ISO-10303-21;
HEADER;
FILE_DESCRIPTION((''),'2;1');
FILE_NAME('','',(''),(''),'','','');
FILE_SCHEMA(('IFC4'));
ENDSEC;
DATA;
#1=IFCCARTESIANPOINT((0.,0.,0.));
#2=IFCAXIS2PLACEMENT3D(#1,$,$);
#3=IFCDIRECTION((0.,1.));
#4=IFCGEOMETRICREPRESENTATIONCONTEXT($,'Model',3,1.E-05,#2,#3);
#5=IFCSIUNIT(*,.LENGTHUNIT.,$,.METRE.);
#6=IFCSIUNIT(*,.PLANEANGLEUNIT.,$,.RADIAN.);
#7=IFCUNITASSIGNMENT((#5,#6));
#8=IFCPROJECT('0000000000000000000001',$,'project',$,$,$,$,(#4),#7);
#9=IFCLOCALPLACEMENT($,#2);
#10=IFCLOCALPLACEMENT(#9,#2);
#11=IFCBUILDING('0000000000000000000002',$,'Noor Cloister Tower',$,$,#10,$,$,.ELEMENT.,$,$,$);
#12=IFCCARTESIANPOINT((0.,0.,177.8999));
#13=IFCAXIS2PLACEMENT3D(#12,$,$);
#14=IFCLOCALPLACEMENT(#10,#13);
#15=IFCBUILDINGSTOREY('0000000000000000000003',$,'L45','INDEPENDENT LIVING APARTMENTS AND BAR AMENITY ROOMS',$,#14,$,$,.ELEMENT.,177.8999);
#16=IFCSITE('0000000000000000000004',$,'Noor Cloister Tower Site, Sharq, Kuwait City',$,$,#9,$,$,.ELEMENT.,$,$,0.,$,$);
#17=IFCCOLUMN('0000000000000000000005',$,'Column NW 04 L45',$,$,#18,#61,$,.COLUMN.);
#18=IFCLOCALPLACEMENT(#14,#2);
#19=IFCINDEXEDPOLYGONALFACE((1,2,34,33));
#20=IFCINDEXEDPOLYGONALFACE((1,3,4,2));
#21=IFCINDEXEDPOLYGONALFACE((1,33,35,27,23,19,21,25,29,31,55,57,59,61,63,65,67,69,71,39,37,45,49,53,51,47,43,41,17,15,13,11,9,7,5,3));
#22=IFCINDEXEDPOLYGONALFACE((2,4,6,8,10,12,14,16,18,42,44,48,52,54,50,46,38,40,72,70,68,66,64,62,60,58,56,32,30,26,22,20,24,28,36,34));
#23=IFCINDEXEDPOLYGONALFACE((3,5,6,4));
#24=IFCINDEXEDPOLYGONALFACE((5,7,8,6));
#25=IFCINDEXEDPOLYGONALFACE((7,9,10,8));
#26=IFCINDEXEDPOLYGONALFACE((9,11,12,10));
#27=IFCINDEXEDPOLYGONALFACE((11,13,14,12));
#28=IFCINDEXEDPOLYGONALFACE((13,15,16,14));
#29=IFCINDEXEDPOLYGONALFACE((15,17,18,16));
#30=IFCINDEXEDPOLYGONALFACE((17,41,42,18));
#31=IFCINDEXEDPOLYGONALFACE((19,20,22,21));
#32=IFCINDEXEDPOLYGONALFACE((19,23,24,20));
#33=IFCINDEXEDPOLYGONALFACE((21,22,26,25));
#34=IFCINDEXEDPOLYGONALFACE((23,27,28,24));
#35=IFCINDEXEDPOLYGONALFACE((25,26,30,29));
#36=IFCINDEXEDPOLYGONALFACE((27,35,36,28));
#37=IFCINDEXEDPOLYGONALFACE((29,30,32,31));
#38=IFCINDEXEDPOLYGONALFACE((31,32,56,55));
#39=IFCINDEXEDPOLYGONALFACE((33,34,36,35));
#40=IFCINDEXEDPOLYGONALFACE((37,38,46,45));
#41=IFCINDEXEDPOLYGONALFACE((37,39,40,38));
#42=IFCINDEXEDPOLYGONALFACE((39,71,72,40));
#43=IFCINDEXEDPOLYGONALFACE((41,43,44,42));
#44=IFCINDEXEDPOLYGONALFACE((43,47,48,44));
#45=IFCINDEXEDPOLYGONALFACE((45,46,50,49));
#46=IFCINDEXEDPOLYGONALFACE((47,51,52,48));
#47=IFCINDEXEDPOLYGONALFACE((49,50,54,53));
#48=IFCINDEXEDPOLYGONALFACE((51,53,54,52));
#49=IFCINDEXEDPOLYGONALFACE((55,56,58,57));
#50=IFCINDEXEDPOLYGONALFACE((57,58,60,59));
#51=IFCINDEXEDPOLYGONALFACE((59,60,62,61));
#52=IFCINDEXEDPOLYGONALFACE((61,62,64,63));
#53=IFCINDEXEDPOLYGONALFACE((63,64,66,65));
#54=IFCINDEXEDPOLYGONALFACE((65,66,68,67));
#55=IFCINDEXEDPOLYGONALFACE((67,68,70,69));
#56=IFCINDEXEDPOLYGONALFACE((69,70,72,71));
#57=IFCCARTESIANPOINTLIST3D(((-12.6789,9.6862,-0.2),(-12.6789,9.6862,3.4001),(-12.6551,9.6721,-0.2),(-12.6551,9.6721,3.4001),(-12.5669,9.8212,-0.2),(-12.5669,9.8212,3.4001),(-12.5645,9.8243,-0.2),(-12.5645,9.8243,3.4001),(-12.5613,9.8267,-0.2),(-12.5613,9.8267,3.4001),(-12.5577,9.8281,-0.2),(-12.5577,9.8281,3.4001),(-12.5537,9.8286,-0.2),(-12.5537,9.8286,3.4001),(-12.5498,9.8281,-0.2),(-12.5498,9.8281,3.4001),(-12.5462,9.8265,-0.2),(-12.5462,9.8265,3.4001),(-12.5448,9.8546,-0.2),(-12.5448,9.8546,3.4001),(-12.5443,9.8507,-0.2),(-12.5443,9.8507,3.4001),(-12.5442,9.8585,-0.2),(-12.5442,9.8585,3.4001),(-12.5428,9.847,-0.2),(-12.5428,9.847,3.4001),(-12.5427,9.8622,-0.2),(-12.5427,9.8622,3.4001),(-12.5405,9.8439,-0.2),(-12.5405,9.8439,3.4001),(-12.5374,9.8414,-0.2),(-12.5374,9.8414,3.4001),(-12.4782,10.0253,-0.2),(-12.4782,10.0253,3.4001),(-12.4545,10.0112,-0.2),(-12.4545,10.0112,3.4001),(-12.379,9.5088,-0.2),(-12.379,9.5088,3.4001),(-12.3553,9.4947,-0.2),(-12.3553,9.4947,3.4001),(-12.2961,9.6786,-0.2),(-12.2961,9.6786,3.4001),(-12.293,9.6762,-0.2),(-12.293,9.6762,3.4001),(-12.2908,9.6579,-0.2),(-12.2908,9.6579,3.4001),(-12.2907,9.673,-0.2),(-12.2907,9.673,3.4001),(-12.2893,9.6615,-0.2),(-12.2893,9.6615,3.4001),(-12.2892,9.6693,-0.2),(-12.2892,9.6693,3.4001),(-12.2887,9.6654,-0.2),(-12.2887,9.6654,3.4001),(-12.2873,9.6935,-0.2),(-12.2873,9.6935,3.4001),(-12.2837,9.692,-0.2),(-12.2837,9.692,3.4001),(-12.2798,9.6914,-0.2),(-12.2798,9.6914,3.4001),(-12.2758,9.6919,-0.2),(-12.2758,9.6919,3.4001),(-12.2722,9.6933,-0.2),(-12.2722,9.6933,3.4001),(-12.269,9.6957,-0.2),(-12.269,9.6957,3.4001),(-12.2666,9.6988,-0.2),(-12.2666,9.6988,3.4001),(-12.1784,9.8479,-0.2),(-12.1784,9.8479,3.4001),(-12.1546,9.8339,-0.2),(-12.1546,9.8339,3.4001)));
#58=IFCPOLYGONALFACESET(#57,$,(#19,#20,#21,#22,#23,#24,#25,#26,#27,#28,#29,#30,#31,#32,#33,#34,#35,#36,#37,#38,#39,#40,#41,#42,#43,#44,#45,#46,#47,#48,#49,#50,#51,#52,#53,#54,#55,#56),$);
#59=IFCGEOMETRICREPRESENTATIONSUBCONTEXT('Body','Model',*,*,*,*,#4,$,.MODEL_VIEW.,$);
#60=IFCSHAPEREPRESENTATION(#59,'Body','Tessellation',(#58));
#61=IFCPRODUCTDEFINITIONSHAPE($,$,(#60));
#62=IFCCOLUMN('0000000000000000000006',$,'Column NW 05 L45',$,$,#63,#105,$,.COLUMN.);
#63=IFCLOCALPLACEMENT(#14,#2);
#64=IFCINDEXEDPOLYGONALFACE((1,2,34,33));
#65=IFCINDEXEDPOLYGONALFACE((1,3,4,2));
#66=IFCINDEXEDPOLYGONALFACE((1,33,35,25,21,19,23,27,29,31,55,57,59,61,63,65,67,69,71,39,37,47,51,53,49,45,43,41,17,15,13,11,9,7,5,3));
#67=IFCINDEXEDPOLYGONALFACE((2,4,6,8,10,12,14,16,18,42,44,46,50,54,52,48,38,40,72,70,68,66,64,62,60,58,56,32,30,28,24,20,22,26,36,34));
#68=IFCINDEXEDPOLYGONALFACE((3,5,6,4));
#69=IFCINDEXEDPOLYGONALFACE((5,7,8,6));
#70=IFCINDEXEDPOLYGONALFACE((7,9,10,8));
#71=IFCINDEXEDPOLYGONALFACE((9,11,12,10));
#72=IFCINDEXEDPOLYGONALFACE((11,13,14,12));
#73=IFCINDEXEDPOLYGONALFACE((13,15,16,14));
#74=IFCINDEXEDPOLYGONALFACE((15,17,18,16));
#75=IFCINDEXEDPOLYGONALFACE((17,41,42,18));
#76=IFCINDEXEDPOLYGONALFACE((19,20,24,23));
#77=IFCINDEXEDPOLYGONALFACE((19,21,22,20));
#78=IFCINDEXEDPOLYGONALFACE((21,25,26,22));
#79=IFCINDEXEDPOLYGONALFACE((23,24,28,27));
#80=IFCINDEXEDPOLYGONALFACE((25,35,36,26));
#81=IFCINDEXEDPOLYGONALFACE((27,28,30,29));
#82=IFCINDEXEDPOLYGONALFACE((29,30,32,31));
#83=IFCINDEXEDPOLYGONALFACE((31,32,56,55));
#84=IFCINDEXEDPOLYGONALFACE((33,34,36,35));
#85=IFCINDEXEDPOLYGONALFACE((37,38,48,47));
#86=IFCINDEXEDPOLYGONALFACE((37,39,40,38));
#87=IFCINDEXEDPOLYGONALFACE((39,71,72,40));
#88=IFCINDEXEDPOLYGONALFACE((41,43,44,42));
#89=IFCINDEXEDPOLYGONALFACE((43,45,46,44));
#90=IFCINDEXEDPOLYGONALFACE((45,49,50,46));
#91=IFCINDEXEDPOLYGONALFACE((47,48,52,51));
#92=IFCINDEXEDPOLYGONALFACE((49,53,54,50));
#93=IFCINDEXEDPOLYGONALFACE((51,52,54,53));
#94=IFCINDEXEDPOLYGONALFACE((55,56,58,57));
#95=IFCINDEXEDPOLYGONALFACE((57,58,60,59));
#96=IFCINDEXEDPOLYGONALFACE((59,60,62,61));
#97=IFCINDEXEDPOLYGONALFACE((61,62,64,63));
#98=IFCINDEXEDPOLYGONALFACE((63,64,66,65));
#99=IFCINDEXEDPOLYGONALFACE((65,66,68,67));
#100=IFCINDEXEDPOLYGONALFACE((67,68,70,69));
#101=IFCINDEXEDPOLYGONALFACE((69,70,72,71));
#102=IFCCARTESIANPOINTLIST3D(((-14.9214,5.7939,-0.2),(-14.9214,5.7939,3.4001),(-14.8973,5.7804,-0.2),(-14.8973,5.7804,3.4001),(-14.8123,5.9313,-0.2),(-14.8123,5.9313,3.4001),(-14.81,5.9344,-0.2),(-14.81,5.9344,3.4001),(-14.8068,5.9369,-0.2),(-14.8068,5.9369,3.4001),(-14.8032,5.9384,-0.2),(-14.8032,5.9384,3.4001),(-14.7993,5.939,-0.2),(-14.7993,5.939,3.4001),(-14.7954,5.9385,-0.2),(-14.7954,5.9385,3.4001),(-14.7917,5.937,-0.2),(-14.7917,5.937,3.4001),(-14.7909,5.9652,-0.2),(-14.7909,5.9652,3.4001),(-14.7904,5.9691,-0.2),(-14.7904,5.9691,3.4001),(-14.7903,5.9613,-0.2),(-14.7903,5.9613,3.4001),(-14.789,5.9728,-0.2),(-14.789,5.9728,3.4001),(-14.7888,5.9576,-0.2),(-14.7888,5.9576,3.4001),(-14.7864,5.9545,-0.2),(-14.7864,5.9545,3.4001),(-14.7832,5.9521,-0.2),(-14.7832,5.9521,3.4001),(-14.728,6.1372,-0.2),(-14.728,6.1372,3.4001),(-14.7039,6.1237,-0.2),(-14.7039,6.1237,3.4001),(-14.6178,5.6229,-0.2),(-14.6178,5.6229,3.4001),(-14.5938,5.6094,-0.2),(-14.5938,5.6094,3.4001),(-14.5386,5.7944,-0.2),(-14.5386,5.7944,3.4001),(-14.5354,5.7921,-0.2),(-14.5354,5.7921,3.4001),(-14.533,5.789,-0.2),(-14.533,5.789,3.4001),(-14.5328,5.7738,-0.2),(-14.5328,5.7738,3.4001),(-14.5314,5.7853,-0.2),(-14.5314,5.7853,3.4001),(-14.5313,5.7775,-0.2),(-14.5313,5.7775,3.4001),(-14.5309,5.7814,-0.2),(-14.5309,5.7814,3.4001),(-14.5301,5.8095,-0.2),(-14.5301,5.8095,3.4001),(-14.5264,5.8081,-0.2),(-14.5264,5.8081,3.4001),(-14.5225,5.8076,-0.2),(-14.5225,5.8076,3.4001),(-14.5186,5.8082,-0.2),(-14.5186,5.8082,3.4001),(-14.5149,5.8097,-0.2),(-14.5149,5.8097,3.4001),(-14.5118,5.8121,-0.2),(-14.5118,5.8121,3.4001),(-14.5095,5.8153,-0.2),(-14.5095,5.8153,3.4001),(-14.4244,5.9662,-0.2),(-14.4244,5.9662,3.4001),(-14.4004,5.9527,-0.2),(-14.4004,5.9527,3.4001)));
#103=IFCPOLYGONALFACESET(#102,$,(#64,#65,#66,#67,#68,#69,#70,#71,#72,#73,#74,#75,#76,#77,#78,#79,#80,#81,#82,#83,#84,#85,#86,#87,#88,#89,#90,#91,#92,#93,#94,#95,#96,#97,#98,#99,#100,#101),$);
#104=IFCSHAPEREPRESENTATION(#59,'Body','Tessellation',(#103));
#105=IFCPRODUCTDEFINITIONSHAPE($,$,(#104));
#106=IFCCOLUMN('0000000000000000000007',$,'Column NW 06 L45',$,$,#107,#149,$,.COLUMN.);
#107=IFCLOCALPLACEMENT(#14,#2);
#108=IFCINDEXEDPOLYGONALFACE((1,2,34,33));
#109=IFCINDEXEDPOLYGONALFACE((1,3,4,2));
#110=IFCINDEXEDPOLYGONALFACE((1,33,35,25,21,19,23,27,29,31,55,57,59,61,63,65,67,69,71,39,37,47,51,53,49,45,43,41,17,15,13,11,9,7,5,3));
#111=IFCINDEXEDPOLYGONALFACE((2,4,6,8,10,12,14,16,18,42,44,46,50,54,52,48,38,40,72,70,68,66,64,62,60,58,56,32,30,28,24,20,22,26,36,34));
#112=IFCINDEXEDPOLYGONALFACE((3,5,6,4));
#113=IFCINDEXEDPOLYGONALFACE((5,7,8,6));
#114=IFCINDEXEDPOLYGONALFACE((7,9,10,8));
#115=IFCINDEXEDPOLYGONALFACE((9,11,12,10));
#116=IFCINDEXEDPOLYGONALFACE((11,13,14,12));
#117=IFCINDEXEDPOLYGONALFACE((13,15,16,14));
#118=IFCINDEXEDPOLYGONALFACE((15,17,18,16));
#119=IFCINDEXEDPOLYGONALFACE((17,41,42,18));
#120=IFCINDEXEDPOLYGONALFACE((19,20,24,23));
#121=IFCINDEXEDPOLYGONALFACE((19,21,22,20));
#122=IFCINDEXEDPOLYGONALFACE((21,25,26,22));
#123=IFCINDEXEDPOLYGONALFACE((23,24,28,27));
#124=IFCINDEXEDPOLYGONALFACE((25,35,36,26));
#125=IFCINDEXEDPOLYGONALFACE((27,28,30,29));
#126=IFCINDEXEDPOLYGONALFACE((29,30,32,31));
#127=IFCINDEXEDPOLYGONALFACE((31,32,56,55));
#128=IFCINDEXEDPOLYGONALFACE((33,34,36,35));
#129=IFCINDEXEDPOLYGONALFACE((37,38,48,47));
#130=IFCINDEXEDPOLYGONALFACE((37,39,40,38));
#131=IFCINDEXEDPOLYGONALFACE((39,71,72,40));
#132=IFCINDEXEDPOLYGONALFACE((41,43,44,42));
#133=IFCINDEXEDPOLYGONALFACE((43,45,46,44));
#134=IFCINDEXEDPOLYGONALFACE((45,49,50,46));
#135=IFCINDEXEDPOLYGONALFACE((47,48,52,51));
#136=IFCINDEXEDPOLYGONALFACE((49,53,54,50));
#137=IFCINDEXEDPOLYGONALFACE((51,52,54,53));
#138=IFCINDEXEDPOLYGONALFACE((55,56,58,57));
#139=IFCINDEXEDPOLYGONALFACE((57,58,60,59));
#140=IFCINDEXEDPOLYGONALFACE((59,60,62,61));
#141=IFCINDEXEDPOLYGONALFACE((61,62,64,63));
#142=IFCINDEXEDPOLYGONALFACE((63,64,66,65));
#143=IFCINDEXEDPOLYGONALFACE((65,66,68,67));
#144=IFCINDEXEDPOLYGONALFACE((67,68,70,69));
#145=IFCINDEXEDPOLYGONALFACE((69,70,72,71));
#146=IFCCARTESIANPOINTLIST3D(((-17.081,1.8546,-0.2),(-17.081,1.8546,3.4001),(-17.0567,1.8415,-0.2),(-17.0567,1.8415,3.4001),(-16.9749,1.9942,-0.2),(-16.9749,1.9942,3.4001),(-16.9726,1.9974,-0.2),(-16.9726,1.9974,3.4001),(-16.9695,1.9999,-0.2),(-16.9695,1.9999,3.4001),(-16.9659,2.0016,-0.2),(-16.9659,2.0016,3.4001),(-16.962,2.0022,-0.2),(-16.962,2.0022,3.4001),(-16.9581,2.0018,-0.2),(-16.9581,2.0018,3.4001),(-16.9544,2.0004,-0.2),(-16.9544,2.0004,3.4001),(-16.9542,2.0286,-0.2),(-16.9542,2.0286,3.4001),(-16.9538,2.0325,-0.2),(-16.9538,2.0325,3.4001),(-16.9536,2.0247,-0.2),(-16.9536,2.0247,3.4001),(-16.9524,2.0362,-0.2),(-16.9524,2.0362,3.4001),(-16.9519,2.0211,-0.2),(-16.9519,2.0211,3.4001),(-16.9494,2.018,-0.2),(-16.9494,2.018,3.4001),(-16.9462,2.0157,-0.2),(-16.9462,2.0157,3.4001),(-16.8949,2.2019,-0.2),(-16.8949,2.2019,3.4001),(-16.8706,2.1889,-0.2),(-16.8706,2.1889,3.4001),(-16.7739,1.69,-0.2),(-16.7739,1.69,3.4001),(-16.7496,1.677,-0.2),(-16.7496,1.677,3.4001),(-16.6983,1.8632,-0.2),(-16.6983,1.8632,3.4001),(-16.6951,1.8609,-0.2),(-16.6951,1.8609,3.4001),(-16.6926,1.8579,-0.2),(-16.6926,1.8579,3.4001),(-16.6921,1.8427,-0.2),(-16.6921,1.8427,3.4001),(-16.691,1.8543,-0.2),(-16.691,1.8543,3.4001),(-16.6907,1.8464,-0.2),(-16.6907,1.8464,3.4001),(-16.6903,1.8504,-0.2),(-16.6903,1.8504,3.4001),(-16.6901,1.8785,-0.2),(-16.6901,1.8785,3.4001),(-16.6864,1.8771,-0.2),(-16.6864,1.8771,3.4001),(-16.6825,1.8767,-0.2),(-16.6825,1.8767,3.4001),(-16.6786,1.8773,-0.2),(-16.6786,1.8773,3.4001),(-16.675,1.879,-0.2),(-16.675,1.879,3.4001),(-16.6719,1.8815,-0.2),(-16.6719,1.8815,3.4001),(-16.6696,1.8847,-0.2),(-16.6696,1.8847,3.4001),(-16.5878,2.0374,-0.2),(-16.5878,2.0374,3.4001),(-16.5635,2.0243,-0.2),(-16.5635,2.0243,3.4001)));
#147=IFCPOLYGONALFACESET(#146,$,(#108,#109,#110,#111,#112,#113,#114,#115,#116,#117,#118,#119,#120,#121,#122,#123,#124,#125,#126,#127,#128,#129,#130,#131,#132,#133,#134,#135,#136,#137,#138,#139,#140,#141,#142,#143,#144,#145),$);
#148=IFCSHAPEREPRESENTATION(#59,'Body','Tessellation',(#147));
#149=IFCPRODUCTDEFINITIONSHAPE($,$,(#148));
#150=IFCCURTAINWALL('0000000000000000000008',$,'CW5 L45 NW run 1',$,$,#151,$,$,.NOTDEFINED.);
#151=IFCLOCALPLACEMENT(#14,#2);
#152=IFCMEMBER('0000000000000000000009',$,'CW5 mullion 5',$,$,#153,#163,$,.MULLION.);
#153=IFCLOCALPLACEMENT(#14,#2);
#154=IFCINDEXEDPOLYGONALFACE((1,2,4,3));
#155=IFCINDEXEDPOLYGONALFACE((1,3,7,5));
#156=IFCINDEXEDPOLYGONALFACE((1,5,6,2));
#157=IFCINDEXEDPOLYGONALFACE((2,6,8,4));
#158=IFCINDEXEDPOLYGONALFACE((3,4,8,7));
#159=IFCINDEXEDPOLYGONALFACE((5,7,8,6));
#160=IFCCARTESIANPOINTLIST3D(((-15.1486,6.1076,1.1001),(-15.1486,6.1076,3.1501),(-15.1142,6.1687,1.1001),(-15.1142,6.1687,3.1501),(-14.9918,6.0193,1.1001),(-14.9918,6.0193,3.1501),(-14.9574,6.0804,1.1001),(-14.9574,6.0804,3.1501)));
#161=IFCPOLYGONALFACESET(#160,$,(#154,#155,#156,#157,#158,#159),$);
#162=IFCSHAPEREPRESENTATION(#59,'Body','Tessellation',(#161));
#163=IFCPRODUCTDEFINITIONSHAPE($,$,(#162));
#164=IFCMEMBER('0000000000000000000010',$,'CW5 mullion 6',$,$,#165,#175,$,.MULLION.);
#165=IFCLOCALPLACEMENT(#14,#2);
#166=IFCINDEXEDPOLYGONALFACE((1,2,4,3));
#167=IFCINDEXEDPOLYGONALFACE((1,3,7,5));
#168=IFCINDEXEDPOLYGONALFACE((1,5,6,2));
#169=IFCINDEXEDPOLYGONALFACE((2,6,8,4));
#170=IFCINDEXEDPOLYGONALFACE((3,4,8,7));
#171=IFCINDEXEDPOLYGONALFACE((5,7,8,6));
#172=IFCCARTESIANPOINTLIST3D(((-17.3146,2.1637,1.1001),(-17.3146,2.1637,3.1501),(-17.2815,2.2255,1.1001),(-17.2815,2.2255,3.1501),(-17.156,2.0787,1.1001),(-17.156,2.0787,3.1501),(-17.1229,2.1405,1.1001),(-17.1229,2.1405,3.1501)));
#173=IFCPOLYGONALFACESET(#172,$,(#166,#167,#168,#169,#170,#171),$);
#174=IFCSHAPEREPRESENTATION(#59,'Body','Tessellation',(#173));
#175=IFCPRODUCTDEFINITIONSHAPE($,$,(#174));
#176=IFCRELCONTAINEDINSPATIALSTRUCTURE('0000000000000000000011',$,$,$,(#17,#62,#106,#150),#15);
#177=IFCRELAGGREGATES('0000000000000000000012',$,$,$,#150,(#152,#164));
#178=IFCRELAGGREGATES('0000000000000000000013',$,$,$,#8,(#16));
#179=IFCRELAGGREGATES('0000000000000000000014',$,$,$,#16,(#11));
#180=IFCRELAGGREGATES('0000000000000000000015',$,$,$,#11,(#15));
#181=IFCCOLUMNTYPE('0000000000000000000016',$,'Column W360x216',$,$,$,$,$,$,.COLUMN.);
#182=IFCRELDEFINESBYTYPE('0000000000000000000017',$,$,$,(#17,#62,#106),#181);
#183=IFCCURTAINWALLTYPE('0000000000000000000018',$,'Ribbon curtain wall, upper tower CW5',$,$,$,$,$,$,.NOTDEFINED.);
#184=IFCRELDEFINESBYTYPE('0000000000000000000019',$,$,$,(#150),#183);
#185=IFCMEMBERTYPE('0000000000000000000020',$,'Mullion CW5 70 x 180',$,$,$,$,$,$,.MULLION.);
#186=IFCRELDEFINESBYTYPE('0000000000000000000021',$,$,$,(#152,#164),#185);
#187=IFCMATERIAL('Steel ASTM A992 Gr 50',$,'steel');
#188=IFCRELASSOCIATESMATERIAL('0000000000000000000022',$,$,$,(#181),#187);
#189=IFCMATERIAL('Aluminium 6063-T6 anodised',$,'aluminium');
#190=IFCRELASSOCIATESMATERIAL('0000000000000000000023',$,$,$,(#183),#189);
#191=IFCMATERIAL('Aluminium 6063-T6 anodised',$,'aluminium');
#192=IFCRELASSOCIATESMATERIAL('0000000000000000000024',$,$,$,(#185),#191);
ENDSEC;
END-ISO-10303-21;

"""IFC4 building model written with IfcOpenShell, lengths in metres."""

from ifc_helpers import new_model, si_unit, direction, frame, origin, origin_2d, place, context, subcontext, project, spatial, rectangle, i_section, extrude, material, material_profile, profile_set, type_object, element, aggregate, save


model = new_model("IFC4")

# Units and contexts
model_context = context("Model", 3, precision=1e-05, world=origin(), true_north=direction((0.0, 1.0)))
body_context = subcontext(model_context, "Body", "Model", "MODEL_VIEW")
ifc_project = project(units=[si_unit("LENGTHUNIT", "METRE"), si_unit("PLANEANGLEUNIT", "RADIAN")], contexts=[model_context])

# Site, building, storey
site_placement = place(None, origin())
site = spatial("IfcSite", under=ifc_project, at=site_placement, Name="Noor Cloister Tower Site, Sharq, Kuwait City", CompositionType="ELEMENT", RefElevation=0.0)
building_placement = place(site_placement, origin())
building = spatial("IfcBuilding", under=site, at=building_placement, Name="Noor Cloister Tower", CompositionType="ELEMENT")
storey_placement = place(building_placement, frame((0.0, 0.0, 177.8999)))
storey = spatial("IfcBuildingStorey", under=building, at=storey_placement, Name="L45", Description="INDEPENDENT LIVING APARTMENTS AND BAR AMENITY ROOMS", CompositionType="ELEMENT", Elevation=177.8999)

# Columns
ifc_material_1 = material(Name="Steel ASTM A992 Gr 50", Category="steel")
ifc_material_profile_1 = material_profile(ifc_material_1, i_section(OverallWidth=0.394, OverallDepth=0.376, WebThickness=0.0173, FlangeThickness=0.0276, FilletRadius=0.0151, at=origin_2d()), Name="W360x216")
ifc_profile_set_1 = profile_set([ifc_material_profile_1], Name="Steel ASTM A992 Gr 50")
column_type = type_object("IfcColumnType", Name="Column W360x216", PredefinedType="COLUMN", material=ifc_profile_set_1)
for number, where, z_axis, x_axis, name in (
    (1, (-12.4167, 9.76, -0.2), (0.0, 0.0, 1.0), (-0.509144, -0.860682, 0.0), "Column NW 04 L45"),
    (2, (-14.6609, 5.8733, -0.2), (0.0, 0.0, 1.0), (-0.4908, -0.871272, 0.0), "Column NW 05 L45"),
    (3, (-16.8223, 1.9395, -0.2), (0.0, 0.0, 1.0), (-0.472237, -0.881472, 0.0), "Column NW 06 L45"),
):
    element("IfcColumn", number, at=place(storey_placement, frame(where, z_axis=z_axis, x_axis=x_axis)), inside=storey, type_object=column_type, Name=name, PredefinedType="COLUMN", context=body_context, shape_type="SweptSolid", body=[
        extrude(i_section(OverallWidth=0.394, OverallDepth=0.376, WebThickness=0.0173, FlangeThickness=0.0276, FilletRadius=0.0151, at=origin_2d()), origin(), (0.0, 0.0, 1.0), 3.6001),
    ])

# Curtain wall, members
ifc_material_2 = material(Name="Aluminium 6063-T6 anodised", Category="aluminium")
curtain_wall_type = type_object("IfcCurtainWallType", Name="Ribbon curtain wall, upper tower CW5", PredefinedType="NOTDEFINED", material=ifc_material_2)
curtain_wall_placement = place(storey_placement, origin())
curtain_wall = element("IfcCurtainWall", 4, at=curtain_wall_placement, inside=storey, type_object=curtain_wall_type, Name="CW5 L45 NW run 1", PredefinedType="NOTDEFINED")
ifc_material_3 = material(Name="Aluminium 6063-T6 anodised", Category="aluminium")
ifc_material_profile_2 = material_profile(ifc_material_3, rectangle(XDim=0.1799, YDim=0.0701, at=origin_2d()), Name="180 x 70 mullion")
ifc_profile_set_2 = profile_set([ifc_material_profile_2], Name="Aluminium 6063-T6 anodised")
member_type = type_object("IfcMemberType", Name="Mullion CW5 70 x 180", PredefinedType="MULLION", material=ifc_profile_set_2)
member_1_placement = place(storey_placement, frame((-15.053, 6.094, 1.1001), z_axis=(0.0, 0.0, 1.0), x_axis=(0.871272, -0.4908, 0.0)))
member_1 = element("IfcMember", 5, at=member_1_placement, type_object=member_type, Name="CW5 mullion 5", PredefinedType="MULLION", context=body_context, shape_type="SweptSolid", body=[
    extrude(rectangle(XDim=0.1799, YDim=0.0701, at=origin_2d()), origin(), (0.0, 0.0, 1.0), 2.05),
])
member_2_placement = place(storey_placement, frame((-17.2188, 2.1521, 1.1001), z_axis=(0.0, 0.0, 1.0), x_axis=(0.881472, -0.472237, 0.0)))
member_2 = element("IfcMember", 6, at=member_2_placement, type_object=member_type, Name="CW5 mullion 6", PredefinedType="MULLION", context=body_context, shape_type="SweptSolid", body=[
    extrude(rectangle(XDim=0.1799, YDim=0.0701, at=origin_2d()), origin(), (0.0, 0.0, 1.0), 2.05),
])

aggregate(curtain_wall, [member_1, member_2])

save(model, "model.ifc")
